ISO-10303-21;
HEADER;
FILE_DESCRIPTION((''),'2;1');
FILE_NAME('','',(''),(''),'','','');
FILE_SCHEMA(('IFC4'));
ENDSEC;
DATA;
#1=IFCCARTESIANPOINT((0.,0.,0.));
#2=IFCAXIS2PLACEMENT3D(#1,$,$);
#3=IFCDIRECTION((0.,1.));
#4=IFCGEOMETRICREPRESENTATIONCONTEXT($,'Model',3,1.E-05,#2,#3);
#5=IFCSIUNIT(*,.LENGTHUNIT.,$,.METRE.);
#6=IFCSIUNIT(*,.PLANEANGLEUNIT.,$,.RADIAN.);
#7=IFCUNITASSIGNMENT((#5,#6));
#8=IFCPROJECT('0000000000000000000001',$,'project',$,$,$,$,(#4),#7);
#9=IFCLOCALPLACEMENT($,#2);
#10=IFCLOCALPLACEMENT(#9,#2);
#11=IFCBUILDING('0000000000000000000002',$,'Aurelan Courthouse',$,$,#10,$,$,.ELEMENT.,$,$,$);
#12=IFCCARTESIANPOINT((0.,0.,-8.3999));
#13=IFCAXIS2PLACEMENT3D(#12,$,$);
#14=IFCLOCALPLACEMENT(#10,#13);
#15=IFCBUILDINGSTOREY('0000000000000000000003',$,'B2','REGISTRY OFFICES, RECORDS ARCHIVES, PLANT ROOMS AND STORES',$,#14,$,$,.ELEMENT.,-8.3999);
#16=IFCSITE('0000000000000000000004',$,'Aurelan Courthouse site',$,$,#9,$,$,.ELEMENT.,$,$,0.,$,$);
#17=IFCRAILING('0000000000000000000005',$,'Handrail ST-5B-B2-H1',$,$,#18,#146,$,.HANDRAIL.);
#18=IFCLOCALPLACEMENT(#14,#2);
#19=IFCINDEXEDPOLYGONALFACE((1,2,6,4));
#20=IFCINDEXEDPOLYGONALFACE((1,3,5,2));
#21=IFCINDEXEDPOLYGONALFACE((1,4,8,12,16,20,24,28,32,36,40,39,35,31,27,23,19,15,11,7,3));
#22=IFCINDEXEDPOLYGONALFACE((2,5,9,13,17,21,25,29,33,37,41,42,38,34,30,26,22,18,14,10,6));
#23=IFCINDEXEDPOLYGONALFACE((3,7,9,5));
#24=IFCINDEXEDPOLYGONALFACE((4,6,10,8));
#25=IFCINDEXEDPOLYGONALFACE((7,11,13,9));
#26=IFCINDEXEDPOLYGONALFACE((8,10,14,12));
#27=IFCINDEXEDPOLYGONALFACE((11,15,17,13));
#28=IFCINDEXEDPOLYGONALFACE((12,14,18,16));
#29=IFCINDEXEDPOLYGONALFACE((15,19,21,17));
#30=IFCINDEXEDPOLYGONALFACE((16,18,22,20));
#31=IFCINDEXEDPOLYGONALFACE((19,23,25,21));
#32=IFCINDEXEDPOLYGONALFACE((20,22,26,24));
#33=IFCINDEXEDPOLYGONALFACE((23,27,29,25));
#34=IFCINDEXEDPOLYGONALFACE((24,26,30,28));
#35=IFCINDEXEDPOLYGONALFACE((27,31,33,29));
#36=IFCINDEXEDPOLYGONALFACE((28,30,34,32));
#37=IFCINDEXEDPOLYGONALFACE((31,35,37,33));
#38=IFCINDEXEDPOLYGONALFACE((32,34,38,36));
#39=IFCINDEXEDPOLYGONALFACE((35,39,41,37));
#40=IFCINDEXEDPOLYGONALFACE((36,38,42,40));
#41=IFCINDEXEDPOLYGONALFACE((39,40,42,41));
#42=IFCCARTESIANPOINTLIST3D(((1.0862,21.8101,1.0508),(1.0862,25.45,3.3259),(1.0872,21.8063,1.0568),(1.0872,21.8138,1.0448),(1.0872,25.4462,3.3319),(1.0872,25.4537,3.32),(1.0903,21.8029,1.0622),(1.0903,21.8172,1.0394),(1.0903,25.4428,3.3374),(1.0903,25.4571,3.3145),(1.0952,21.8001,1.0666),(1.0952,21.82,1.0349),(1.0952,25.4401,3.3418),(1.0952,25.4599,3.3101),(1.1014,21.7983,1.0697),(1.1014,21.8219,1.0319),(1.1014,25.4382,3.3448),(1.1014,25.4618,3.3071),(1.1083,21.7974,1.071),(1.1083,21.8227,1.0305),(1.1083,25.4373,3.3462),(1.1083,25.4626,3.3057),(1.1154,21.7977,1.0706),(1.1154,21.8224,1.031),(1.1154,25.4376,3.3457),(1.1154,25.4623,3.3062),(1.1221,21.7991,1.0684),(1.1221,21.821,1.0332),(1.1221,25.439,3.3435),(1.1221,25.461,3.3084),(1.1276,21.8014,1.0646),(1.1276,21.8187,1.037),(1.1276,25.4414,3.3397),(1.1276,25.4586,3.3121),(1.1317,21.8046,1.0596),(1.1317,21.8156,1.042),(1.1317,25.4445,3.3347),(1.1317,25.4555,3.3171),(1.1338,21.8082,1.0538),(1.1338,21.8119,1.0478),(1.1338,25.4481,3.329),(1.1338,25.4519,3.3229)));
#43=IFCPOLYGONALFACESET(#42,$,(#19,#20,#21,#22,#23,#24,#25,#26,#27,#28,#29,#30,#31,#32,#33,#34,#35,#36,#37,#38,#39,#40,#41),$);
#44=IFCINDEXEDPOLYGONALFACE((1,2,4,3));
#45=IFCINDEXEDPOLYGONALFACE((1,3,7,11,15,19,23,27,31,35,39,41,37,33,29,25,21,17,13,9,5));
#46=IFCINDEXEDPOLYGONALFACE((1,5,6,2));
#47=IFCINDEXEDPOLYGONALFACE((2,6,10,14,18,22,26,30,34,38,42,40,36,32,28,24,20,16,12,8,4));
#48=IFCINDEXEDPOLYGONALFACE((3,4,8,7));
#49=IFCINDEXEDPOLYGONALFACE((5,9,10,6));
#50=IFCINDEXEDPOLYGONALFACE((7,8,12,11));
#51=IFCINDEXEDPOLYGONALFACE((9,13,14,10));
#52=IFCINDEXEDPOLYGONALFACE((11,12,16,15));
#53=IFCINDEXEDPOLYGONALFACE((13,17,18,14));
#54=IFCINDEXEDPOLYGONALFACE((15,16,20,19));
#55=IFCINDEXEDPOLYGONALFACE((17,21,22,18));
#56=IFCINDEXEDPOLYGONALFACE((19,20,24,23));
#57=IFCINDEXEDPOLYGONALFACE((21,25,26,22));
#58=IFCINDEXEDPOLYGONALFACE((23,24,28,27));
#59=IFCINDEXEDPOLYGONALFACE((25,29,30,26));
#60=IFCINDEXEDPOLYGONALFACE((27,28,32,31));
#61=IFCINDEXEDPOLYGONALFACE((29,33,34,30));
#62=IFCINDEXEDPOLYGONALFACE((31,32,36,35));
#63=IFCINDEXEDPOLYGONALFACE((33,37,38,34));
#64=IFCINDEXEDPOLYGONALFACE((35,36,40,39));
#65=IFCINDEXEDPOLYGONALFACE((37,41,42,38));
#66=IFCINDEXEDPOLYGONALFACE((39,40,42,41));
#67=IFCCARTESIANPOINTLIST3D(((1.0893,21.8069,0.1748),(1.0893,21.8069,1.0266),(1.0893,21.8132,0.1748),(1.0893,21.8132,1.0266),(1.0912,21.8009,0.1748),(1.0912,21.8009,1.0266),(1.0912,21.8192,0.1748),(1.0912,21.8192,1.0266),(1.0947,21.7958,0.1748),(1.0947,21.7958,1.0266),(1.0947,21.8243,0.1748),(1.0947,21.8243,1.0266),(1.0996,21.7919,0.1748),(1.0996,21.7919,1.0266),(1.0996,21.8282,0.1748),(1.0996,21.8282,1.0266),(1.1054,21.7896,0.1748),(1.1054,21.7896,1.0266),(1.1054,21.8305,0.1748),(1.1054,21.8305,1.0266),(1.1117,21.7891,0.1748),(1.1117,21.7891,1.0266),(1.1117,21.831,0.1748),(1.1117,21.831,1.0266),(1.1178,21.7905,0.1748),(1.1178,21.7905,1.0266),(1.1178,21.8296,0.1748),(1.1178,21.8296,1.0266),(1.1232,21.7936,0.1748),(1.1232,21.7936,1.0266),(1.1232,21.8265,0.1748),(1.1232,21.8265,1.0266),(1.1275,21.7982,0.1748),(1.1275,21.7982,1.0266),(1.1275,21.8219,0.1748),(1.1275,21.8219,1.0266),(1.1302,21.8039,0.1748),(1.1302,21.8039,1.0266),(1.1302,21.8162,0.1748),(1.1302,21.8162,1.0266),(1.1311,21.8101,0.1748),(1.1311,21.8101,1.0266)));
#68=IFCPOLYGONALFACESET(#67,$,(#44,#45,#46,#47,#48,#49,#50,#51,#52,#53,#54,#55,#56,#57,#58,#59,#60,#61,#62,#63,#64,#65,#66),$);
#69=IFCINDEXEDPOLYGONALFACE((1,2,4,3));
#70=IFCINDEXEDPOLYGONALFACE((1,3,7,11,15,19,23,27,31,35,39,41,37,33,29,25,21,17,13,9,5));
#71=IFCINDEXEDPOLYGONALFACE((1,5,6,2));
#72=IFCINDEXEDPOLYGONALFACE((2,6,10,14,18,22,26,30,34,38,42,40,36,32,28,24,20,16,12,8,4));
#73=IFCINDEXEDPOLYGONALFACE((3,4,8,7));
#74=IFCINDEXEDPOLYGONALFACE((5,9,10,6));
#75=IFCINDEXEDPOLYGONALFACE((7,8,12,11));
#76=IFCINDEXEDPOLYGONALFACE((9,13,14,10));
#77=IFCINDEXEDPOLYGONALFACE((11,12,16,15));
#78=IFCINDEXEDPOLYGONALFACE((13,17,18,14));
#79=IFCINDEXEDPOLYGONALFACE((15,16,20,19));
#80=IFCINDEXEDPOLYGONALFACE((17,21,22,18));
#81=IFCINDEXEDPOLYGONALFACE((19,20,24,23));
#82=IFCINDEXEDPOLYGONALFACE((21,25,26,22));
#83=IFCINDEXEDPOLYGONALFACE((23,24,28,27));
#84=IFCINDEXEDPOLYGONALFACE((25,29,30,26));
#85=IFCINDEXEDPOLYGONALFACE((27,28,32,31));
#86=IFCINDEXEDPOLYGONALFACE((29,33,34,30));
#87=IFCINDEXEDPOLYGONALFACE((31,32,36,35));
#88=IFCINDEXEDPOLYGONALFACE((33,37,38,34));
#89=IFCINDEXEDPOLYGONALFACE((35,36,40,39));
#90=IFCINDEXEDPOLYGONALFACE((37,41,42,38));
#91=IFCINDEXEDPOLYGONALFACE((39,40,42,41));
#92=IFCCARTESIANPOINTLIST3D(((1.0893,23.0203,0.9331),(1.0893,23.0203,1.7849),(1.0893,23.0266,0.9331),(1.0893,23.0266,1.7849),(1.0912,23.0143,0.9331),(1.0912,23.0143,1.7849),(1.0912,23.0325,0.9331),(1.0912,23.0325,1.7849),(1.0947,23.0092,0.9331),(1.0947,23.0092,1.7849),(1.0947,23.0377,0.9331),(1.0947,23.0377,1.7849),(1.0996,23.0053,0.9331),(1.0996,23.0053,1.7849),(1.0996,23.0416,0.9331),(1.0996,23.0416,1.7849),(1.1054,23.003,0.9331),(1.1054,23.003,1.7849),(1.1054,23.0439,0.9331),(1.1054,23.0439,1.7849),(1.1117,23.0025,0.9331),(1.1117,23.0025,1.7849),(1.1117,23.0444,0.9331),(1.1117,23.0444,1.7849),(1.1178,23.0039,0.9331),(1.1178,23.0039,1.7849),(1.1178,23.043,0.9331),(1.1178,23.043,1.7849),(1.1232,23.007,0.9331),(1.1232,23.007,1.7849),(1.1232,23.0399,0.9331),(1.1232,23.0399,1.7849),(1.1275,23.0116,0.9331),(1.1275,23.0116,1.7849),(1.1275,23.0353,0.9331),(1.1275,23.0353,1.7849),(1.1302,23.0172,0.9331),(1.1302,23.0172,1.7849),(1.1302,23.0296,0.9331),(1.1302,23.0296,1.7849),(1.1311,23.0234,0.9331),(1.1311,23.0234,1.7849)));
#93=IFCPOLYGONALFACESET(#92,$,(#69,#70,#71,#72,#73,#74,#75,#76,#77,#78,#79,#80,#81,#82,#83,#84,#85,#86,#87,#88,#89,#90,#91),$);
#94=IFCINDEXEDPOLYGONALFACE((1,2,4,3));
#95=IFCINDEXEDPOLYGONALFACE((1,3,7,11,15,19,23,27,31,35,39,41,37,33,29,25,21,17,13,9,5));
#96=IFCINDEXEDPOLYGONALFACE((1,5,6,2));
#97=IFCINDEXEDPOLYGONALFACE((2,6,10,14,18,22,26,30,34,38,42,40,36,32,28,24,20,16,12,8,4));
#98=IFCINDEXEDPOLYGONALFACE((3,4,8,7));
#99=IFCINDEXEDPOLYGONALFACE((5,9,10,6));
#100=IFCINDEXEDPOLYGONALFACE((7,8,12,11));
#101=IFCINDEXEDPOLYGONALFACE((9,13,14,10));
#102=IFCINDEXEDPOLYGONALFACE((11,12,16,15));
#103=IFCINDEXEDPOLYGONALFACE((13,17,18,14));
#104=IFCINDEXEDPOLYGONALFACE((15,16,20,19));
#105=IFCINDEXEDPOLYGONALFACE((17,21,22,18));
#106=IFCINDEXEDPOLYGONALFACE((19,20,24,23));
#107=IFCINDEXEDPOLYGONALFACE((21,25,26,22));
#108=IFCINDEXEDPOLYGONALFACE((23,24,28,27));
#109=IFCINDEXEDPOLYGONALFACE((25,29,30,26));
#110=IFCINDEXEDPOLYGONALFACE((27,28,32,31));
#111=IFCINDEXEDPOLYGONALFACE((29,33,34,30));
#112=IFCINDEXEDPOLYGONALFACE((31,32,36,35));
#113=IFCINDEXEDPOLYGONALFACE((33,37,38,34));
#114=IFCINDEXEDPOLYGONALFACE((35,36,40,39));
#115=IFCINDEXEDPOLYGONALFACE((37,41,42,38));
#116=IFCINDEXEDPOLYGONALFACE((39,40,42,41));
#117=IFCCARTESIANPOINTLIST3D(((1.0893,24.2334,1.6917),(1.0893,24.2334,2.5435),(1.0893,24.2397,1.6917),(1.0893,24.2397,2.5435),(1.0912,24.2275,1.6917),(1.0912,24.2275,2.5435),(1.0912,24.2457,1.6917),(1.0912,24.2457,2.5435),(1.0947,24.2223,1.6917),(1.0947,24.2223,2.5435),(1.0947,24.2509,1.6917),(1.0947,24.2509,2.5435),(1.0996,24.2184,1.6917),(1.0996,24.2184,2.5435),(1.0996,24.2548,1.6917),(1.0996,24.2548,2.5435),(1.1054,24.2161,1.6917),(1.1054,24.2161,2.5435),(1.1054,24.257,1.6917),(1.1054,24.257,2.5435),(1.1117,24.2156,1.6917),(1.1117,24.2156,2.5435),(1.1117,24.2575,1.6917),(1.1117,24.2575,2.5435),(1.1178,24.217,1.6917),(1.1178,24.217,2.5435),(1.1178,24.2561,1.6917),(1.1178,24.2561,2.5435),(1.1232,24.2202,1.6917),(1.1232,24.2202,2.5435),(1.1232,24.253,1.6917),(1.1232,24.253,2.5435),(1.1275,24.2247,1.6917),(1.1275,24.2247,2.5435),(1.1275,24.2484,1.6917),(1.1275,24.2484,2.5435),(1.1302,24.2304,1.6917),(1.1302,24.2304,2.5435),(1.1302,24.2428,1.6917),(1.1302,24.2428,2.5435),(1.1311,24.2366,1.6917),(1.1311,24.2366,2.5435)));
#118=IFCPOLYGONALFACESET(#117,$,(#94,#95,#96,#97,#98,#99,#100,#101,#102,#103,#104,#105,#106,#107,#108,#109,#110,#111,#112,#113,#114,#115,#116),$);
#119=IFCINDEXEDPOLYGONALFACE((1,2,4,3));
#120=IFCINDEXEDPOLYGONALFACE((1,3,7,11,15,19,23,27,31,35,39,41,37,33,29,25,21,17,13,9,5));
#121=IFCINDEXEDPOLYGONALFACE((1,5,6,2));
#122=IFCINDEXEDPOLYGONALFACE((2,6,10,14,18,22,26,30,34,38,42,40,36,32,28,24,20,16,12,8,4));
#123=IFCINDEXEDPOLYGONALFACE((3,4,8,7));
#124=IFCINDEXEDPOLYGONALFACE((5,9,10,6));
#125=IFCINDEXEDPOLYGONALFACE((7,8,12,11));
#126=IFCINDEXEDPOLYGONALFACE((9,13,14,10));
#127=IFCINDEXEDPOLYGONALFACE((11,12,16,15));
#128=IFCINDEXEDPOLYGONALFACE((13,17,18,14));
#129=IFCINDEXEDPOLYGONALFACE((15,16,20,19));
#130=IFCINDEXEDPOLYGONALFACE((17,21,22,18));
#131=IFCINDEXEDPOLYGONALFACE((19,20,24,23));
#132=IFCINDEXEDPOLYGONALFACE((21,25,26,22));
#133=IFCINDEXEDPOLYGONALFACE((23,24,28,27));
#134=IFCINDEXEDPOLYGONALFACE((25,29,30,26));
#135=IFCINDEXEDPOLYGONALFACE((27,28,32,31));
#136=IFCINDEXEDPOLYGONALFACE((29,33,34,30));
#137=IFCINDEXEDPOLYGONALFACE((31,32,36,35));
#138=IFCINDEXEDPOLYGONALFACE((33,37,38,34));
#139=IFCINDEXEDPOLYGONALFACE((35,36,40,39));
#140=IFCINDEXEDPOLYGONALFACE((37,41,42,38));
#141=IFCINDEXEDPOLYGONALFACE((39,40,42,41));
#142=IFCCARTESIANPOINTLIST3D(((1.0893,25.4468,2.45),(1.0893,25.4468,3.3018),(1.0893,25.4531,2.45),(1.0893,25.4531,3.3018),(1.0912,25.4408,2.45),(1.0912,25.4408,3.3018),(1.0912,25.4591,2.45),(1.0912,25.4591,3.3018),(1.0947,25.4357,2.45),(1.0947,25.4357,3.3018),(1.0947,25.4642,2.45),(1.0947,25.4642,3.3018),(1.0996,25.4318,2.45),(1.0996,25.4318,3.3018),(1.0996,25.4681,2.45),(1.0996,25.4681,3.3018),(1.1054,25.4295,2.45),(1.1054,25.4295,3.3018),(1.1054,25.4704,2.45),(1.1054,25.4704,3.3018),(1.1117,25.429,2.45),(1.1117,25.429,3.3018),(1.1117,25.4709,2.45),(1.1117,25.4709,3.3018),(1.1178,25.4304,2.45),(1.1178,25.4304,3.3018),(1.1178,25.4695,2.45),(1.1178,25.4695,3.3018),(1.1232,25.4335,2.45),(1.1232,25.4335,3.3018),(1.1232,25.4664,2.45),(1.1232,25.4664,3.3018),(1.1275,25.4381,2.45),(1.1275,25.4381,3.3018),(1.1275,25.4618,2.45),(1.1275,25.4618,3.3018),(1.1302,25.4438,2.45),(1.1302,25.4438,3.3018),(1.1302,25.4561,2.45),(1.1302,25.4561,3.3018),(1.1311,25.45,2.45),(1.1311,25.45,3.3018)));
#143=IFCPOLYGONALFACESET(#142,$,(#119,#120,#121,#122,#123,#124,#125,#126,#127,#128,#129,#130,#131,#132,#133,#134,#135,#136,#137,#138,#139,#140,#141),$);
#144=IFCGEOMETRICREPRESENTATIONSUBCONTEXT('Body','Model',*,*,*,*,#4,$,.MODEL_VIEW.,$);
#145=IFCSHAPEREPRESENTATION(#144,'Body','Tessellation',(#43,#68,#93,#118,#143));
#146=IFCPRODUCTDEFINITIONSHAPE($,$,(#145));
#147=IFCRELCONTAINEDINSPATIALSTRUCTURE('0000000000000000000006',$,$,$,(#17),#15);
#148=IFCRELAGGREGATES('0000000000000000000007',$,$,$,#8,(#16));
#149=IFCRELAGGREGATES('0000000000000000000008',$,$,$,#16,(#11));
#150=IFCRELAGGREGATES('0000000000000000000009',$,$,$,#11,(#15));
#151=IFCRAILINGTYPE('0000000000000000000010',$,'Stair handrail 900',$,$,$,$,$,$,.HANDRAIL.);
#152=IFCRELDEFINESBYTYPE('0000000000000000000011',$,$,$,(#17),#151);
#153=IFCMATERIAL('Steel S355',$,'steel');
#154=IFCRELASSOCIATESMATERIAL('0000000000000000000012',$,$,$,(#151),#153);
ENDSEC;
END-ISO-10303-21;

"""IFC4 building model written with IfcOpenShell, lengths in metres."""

from ifc_helpers import new_model, si_unit, direction, frame, origin, origin_2d, place, context, subcontext, project, spatial, circle, extrude, material, type_object, element, save


model = new_model("IFC4")

# Units and contexts
model_context = context("Model", 3, precision=1e-05, world=origin(), true_north=direction((0.0, 1.0)))
body_context = subcontext(model_context, "Body", "Model", "MODEL_VIEW")
ifc_project = project(units=[si_unit("LENGTHUNIT", "METRE"), si_unit("PLANEANGLEUNIT", "RADIAN")], contexts=[model_context])

# Site, building, storey
site_placement = place(None, origin())
site = spatial("IfcSite", under=ifc_project, at=site_placement, Name="Aurelan Courthouse site", CompositionType="ELEMENT", RefElevation=0.0)
building_placement = place(site_placement, origin())
building = spatial("IfcBuilding", under=site, at=building_placement, Name="Aurelan Courthouse", CompositionType="ELEMENT")
storey_placement = place(building_placement, frame((0.0, 0.0, -8.3999)))
storey = spatial("IfcBuildingStorey", under=building, at=storey_placement, Name="B2", Description="REGISTRY OFFICES, RECORDS ARCHIVES, PLANT ROOMS AND STORES", CompositionType="ELEMENT", Elevation=-8.3999)

# Railing
ifc_material_1 = material(Name="Steel S355", Category="steel")
railing_type_1 = type_object("IfcRailingType", Name="Stair handrail 900", PredefinedType="HANDRAIL", material=ifc_material_1)
for number, where, name in (
    (1, (1.1101, 21.8101, 0.1748), "Handrail ST-5B-B2-H1"),
):
    element("IfcRailing", number, at=place(storey_placement, frame(where)), inside=storey, type_object=railing_type_1, Name=name, PredefinedType="HANDRAIL", context=body_context, shape_type="SweptSolid", body=[
        extrude(circle(Radius=0.0239, at=origin_2d()), frame((0.0, 0.0, 0.876), z_axis=(0.0, 0.847976, 0.530035), x_axis=(-1.0, 0.0, 0.0)), (0.0, 0.0, 1.0), 4.2925),
        extrude(circle(Radius=0.021, at=origin_2d()), origin(), (0.0, 0.0, 1.0), 0.8518),
        extrude(circle(Radius=0.021, at=origin_2d()), frame((0.0, 1.2134, 0.7583)), (0.0, 0.0, 1.0), 0.8518),
        extrude(circle(Radius=0.021, at=origin_2d()), frame((0.0, 2.4265, 1.5168)), (0.0, 0.0, 1.0), 0.8518),
        extrude(circle(Radius=0.021, at=origin_2d()), frame((0.0, 3.6399, 2.2751)), (0.0, 0.0, 1.0), 0.8518),
    ])

save(model, "model.ifc")
